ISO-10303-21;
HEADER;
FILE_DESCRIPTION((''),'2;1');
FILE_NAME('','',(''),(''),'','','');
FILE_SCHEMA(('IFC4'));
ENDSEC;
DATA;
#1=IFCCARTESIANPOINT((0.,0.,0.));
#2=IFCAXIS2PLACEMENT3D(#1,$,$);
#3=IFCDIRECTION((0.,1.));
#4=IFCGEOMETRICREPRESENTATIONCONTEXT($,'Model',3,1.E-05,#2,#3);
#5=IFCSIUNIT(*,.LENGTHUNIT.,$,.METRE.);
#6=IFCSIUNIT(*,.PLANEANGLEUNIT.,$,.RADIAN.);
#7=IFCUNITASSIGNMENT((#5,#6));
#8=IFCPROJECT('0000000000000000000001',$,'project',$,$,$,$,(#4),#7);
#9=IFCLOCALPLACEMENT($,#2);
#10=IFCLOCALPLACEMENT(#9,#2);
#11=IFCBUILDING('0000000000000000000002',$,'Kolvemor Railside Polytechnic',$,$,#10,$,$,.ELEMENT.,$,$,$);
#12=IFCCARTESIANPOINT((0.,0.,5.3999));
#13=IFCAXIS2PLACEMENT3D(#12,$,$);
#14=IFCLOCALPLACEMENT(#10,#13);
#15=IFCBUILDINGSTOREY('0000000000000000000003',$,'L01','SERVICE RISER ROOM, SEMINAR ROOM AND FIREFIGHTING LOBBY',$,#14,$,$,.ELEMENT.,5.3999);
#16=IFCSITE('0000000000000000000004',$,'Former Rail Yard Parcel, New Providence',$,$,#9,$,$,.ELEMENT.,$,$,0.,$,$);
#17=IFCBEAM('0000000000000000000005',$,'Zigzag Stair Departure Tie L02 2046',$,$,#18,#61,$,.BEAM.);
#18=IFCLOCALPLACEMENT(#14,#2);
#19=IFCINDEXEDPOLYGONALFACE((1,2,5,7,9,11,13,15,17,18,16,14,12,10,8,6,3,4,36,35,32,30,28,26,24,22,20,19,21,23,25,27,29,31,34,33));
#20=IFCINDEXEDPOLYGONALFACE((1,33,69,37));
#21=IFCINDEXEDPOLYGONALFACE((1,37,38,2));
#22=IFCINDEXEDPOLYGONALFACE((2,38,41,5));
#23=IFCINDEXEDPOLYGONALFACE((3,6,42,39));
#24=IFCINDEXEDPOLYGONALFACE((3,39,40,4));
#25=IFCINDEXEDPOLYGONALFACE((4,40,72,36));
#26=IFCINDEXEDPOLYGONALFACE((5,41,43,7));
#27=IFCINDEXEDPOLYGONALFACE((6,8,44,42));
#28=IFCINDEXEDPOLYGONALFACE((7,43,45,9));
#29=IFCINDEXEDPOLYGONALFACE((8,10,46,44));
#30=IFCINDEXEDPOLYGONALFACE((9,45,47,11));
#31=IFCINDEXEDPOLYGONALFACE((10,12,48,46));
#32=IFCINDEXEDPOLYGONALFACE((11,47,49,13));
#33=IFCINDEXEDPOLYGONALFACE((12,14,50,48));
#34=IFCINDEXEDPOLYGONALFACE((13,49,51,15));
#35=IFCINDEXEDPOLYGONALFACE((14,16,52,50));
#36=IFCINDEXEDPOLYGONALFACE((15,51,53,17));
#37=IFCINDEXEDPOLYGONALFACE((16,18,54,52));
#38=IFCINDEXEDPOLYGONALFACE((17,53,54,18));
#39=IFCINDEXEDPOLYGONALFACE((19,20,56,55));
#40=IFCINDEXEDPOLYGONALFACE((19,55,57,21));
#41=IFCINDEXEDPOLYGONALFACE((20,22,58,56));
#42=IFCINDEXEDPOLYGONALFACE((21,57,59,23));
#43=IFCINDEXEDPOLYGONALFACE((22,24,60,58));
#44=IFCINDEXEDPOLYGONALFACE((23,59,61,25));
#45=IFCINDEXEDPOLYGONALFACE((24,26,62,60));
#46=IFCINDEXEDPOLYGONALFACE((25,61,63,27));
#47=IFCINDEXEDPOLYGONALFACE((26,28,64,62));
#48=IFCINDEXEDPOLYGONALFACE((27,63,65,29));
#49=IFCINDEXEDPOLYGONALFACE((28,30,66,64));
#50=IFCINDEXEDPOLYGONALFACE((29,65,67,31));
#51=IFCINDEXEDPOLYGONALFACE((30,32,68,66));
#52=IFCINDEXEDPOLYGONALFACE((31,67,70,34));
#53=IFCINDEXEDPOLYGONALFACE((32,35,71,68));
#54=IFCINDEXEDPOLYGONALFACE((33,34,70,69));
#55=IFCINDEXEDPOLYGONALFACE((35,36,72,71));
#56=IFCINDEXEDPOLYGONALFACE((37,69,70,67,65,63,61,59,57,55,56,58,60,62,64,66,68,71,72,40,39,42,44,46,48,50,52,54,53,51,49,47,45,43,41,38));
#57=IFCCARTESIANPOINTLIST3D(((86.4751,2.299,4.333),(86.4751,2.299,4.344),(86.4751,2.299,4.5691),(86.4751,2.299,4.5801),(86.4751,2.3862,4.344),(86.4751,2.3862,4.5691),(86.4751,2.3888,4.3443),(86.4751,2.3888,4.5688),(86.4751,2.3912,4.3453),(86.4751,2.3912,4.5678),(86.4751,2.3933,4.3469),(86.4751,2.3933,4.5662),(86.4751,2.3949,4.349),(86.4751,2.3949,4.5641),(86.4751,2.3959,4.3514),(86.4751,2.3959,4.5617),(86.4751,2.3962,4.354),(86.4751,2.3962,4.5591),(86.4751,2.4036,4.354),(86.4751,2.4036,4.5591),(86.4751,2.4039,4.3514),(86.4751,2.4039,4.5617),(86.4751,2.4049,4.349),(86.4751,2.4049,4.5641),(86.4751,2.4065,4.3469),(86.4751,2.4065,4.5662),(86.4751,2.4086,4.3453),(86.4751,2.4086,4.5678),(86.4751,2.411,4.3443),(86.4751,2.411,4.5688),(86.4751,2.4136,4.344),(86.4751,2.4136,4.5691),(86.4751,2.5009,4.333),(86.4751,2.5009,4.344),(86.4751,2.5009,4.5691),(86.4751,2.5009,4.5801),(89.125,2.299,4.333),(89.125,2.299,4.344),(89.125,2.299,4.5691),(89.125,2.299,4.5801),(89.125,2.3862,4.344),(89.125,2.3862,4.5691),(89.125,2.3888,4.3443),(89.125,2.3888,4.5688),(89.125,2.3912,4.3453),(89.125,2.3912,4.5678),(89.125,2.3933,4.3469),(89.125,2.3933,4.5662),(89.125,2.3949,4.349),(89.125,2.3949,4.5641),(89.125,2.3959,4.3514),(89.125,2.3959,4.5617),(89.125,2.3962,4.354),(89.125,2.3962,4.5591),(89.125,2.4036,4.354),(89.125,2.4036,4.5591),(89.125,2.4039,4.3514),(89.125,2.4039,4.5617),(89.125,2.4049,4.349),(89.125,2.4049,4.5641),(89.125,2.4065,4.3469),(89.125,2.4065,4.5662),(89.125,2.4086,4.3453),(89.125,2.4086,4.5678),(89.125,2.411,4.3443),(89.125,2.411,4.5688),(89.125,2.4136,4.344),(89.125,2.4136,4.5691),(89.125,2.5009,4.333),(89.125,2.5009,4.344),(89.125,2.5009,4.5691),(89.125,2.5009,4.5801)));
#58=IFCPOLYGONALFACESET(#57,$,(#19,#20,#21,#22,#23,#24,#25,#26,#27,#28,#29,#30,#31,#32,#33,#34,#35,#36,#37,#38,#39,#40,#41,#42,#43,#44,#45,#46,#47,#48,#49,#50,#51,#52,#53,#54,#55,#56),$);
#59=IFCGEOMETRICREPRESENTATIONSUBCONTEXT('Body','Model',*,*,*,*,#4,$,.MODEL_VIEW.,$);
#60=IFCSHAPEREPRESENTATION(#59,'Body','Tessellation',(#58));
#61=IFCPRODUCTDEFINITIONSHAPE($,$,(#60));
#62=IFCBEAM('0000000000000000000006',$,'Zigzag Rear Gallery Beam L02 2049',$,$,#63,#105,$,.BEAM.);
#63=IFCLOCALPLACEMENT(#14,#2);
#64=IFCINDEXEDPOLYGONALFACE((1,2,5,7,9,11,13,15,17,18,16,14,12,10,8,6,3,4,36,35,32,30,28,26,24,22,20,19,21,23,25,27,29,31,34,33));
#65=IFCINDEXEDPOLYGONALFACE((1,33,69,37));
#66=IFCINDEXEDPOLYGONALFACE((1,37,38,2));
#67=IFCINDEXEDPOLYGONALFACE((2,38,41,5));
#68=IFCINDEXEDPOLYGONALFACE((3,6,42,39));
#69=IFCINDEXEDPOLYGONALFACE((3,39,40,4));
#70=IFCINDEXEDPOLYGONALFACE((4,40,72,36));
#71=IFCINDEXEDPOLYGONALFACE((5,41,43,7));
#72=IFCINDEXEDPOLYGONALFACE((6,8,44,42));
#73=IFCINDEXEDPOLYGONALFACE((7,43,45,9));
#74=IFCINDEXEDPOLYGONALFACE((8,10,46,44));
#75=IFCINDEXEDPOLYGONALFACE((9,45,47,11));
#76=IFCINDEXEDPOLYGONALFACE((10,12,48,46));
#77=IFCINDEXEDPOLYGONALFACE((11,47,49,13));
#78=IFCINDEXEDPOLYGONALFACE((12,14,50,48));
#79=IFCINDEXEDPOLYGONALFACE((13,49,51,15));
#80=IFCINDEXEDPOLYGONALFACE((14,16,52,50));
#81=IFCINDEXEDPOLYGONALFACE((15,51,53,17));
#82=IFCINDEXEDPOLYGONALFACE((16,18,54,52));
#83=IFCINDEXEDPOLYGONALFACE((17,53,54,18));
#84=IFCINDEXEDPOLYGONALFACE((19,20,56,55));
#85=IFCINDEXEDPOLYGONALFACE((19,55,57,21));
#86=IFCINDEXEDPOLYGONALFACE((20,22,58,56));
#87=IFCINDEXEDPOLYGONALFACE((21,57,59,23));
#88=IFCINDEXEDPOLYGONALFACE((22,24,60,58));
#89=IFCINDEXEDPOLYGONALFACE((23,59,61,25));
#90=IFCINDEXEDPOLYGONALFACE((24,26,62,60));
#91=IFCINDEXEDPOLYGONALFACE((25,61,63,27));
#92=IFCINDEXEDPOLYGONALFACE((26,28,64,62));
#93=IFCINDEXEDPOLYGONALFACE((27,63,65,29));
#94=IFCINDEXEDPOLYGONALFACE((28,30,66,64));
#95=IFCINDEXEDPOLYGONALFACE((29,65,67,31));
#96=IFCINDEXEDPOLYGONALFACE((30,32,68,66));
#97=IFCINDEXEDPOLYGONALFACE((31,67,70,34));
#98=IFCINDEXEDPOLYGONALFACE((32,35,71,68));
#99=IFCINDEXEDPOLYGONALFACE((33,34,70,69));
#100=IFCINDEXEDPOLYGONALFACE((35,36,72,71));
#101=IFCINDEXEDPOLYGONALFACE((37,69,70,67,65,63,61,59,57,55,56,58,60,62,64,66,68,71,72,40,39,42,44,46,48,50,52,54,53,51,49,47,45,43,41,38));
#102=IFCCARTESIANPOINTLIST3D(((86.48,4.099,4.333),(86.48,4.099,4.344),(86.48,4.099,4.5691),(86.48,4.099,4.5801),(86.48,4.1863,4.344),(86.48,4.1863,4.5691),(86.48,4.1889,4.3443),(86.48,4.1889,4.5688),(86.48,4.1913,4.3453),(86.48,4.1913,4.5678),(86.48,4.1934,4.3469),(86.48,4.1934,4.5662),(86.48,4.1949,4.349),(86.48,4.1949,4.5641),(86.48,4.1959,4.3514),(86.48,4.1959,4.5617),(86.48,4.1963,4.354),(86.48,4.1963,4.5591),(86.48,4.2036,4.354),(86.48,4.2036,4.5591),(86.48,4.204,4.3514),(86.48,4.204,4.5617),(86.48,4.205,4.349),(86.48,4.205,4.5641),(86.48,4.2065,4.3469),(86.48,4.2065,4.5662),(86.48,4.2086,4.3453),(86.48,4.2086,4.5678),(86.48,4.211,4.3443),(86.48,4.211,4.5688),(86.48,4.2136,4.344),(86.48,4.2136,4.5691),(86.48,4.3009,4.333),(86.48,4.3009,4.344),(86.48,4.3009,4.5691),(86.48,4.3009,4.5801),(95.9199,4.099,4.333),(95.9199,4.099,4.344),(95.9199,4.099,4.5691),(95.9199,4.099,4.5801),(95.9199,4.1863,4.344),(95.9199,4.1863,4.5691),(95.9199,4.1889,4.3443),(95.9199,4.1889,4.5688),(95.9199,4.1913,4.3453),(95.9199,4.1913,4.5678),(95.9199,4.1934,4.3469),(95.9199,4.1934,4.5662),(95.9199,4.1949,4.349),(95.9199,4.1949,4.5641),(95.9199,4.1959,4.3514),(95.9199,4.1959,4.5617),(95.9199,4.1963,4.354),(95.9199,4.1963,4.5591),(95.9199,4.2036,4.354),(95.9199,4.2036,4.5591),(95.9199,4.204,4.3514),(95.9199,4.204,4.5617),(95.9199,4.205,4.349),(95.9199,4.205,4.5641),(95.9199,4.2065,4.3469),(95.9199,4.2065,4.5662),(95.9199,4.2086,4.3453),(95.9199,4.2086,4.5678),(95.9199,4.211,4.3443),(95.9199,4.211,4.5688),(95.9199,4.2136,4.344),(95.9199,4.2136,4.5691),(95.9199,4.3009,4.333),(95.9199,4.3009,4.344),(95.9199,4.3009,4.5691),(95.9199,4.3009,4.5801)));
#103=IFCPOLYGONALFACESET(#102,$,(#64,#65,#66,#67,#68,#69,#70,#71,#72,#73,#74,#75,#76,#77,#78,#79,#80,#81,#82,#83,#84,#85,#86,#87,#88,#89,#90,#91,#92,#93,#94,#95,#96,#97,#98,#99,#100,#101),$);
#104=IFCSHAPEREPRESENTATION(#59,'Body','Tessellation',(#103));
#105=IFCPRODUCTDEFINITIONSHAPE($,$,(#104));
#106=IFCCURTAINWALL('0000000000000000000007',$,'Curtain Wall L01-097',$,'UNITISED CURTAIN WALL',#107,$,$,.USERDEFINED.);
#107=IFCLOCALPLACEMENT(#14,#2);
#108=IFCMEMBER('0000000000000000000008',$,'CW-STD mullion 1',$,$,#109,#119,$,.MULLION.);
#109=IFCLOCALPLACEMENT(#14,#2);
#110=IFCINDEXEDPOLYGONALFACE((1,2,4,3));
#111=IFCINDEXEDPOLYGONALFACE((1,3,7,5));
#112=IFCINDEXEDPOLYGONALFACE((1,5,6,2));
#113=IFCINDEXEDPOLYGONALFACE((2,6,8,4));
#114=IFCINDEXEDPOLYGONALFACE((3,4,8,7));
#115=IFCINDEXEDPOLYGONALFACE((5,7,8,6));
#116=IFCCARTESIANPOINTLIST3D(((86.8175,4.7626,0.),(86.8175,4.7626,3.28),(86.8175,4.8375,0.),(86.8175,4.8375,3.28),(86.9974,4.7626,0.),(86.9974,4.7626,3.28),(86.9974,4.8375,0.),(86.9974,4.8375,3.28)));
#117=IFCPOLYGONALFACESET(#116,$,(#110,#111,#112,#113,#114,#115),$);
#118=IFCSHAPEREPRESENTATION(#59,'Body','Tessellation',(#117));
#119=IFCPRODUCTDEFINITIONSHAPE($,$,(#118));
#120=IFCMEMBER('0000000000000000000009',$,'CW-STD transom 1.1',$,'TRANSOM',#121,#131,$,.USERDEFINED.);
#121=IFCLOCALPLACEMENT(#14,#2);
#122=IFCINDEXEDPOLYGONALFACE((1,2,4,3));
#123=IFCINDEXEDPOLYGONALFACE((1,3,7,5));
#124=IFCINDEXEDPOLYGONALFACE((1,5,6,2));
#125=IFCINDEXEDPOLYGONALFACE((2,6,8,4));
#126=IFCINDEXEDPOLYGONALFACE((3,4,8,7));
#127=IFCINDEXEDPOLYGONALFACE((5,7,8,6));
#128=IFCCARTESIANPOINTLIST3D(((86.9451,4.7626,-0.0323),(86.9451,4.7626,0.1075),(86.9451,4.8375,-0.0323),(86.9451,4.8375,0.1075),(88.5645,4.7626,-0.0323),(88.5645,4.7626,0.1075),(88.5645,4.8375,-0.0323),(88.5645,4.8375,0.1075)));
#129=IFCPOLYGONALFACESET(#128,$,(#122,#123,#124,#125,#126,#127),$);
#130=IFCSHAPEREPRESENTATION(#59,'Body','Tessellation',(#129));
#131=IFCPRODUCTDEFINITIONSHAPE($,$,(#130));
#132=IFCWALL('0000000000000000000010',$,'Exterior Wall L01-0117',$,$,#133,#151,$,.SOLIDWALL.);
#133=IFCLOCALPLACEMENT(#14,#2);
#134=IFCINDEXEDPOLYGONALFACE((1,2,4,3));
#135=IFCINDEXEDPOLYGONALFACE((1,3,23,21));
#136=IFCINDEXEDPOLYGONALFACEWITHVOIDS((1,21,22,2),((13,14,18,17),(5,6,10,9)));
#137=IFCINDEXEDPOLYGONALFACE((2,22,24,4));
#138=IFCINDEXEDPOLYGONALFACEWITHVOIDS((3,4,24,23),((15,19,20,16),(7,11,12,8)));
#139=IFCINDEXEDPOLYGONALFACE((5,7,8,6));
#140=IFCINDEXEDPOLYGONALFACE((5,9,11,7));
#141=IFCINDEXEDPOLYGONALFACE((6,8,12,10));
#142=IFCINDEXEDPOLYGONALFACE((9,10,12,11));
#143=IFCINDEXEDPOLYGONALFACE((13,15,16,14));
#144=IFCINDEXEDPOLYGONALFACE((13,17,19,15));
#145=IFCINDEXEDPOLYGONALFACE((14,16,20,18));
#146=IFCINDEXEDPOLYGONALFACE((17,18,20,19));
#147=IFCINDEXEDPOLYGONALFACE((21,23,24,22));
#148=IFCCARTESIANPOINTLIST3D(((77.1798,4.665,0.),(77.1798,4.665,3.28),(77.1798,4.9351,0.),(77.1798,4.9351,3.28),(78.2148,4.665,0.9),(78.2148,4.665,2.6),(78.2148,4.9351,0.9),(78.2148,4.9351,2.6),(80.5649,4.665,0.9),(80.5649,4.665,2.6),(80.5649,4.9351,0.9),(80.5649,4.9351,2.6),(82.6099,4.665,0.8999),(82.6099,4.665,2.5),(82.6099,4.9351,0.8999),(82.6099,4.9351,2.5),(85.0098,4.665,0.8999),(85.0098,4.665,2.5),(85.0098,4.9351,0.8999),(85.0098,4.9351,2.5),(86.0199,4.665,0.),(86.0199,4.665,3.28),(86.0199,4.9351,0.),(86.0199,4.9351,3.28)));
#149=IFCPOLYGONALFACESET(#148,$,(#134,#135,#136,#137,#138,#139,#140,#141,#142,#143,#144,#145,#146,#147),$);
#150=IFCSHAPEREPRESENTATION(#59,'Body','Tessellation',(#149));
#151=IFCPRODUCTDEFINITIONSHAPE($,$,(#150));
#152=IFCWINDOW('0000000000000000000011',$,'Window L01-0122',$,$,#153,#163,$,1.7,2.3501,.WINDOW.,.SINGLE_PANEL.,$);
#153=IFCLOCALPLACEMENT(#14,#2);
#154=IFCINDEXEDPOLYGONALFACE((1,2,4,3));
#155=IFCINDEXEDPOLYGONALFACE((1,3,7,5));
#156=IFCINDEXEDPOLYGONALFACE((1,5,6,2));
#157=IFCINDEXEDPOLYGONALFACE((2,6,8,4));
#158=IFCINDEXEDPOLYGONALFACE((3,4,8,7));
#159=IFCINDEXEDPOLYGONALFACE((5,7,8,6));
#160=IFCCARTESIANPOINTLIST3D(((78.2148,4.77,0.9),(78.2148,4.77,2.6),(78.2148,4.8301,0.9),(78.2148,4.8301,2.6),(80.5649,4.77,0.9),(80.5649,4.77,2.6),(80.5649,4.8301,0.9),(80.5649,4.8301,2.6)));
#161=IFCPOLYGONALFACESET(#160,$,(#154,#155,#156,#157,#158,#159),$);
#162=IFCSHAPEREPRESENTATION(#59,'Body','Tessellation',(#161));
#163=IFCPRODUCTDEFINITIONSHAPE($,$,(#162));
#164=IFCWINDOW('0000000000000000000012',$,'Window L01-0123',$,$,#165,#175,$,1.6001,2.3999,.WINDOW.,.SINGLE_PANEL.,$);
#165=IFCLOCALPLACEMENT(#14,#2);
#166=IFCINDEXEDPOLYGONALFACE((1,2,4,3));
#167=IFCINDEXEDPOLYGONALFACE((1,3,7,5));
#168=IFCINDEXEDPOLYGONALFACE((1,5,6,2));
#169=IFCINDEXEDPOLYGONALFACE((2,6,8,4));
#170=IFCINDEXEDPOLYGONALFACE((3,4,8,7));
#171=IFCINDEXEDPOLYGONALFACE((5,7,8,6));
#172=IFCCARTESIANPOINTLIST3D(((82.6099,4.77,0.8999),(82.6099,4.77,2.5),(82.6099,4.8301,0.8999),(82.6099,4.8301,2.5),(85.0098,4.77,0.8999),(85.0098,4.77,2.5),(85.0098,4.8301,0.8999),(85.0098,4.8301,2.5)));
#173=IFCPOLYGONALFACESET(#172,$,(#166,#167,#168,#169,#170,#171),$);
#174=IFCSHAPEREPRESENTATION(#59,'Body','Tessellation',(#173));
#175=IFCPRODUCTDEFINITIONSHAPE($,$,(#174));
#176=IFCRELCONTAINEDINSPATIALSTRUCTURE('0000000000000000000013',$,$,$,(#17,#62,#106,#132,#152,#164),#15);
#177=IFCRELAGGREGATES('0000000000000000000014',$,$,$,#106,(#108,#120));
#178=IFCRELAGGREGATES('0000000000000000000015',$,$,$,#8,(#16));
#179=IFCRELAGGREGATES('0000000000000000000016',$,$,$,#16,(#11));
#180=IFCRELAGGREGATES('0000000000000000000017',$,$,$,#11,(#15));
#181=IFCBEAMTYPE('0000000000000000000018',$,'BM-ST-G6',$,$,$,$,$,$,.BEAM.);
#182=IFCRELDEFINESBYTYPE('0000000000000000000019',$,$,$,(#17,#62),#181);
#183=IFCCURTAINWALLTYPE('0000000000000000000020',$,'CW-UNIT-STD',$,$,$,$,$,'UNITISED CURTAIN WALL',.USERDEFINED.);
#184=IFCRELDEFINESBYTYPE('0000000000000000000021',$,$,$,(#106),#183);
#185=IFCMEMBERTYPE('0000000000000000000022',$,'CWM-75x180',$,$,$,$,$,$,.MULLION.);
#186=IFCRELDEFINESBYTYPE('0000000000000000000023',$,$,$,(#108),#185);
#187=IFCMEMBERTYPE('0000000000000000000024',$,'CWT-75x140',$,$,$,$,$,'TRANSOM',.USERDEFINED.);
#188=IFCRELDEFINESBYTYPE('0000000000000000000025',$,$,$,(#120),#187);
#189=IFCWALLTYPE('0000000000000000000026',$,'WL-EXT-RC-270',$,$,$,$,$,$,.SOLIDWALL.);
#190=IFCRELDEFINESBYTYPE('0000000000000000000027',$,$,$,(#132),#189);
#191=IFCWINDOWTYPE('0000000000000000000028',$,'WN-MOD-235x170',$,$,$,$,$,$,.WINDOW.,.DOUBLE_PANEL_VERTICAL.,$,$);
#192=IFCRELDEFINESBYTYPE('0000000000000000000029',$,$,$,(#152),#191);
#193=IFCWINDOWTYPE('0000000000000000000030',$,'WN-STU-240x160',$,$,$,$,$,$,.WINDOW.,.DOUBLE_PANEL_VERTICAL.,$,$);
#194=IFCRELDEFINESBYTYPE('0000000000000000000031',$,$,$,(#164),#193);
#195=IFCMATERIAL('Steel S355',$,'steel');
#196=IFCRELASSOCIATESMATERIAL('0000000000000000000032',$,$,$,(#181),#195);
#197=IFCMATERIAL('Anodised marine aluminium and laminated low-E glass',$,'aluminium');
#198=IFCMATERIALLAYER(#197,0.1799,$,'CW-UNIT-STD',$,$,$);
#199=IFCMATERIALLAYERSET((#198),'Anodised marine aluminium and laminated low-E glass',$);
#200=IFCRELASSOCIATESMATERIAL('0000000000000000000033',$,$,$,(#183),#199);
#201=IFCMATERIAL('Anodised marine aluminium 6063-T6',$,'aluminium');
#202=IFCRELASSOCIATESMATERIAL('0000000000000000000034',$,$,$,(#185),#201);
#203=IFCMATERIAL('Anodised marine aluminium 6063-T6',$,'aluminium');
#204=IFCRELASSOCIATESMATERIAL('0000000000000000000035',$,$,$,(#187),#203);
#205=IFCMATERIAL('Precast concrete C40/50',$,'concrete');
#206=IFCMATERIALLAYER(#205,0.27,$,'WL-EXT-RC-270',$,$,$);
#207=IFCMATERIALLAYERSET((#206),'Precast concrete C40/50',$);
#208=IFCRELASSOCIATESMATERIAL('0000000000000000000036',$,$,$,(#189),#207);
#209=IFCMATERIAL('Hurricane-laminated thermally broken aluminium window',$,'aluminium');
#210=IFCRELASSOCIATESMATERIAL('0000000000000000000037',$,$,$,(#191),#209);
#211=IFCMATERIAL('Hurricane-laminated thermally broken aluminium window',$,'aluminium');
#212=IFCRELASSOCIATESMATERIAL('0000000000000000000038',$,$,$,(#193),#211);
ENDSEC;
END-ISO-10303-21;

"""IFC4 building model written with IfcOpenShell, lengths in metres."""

from ifc_helpers import new_model, si_unit, direction, frame, frame_2d, origin, origin_2d, place, context, subcontext, project, spatial, rectangle, i_section, extrude, material, layer, layer_set, material_profile, profile_set, type_object, element, fill, aggregate, save


model = new_model("IFC4")

# Units and contexts
model_context = context("Model", 3, precision=1e-05, world=origin(), true_north=direction((0.0, 1.0)))
body_context = subcontext(model_context, "Body", "Model", "MODEL_VIEW")
ifc_project = project(units=[si_unit("LENGTHUNIT", "METRE"), si_unit("PLANEANGLEUNIT", "RADIAN")], contexts=[model_context])

# Site, building, storey
site_placement = place(None, origin())
site = spatial("IfcSite", under=ifc_project, at=site_placement, Name="Former Rail Yard Parcel, New Providence", CompositionType="ELEMENT", RefElevation=0.0)
building_placement = place(site_placement, origin())
building = spatial("IfcBuilding", under=site, at=building_placement, Name="Kolvemor Railside Polytechnic", CompositionType="ELEMENT")
storey_placement = place(building_placement, frame((0.0, 0.0, 5.3999)))
storey = spatial("IfcBuildingStorey", under=building, at=storey_placement, Name="L01", Description="SERVICE RISER ROOM, SEMINAR ROOM AND FIREFIGHTING LOBBY", CompositionType="ELEMENT", Elevation=5.3999)

# Beams
ifc_material_1 = material(Name="Steel S355", Category="steel")
ifc_material_profile_1 = material_profile(ifc_material_1, i_section(OverallWidth=0.2019, OverallDepth=0.2471, WebThickness=0.0073, FlangeThickness=0.011, FilletRadius=0.01, at=origin_2d()), Name="W250x49")
ifc_profile_set_1 = profile_set([ifc_material_profile_1], Name="Steel S355")
beam_type_1 = type_object("IfcBeamType", Name="BM-ST-G6", PredefinedType="BEAM", material=ifc_profile_set_1)
for number, where, z_axis, x_axis, name in (
    (1, (86.4751, 2.3999, 4.4565), (1.0, 0.0, 0.0), (0.0, 1.0, 0.0), "Zigzag Stair Departure Tie L02 2046"),
):
    element("IfcBeam", number, at=place(storey_placement, frame(where, z_axis=z_axis, x_axis=x_axis)), inside=storey, type_object=beam_type_1, Name=name, PredefinedType="BEAM", context=body_context, shape_type="SweptSolid", body=[
        extrude(i_section(OverallWidth=0.2019, OverallDepth=0.2471, WebThickness=0.0073, FlangeThickness=0.011, FilletRadius=0.01, at=origin_2d()), origin(), (0.0, 0.0, 1.0), 2.6499),
    ])
beam_1_placement = place(storey_placement, frame((86.48, 4.2, 4.4565), z_axis=(1.0, 0.0, 0.0), x_axis=(0.0, 1.0, 0.0)))
element("IfcBeam", 2, at=beam_1_placement, inside=storey, type_object=beam_type_1, Name="Zigzag Rear Gallery Beam L02 2049", PredefinedType="BEAM", context=body_context, shape_type="SweptSolid", body=[
    extrude(i_section(OverallWidth=0.2019, OverallDepth=0.2471, WebThickness=0.0073, FlangeThickness=0.011, FilletRadius=0.01, at=origin_2d()), origin(), (0.0, 0.0, 1.0), 9.4399),
])

# Curtain wall, members
ifc_material_2 = material(Name="Anodised marine aluminium and laminated low-E glass", Category="aluminium")
ifc_layer_1 = layer(ifc_material_2, 0.1799, Name="CW-UNIT-STD")
ifc_layer_set_1 = layer_set([ifc_layer_1], Name="Anodised marine aluminium and laminated low-E glass")
curtain_wall_type = type_object("IfcCurtainWallType", Name="CW-UNIT-STD", ElementType="UNITISED CURTAIN WALL", PredefinedType="USERDEFINED", material=ifc_layer_set_1)
curtain_wall_placement = place(storey_placement, origin())
curtain_wall = element("IfcCurtainWall", 3, at=curtain_wall_placement, inside=storey, type_object=curtain_wall_type, Name="Curtain Wall L01-097", ObjectType="UNITISED CURTAIN WALL", PredefinedType="USERDEFINED")
ifc_material_3 = material(Name="Anodised marine aluminium 6063-T6", Category="aluminium")
ifc_material_profile_2 = material_profile(ifc_material_3, rectangle(XDim=0.075, YDim=0.1799, at=origin_2d()), Name="CW-MUL-75x180")
ifc_profile_set_2 = profile_set([ifc_material_profile_2], Name="Anodised marine aluminium 6063-T6")
member_type_1 = type_object("IfcMemberType", Name="CWM-75x180", PredefinedType="MULLION", material=ifc_profile_set_2)
member_1_placement = place(storey_placement, frame((86.9075, 4.8, 0.0), z_axis=(0.0, 0.0, 1.0), x_axis=(0.0, 1.0, 0.0)))
member_1 = element("IfcMember", 4, at=member_1_placement, type_object=member_type_1, Name="CW-STD mullion 1", PredefinedType="MULLION", context=body_context, shape_type="SweptSolid", body=[
    extrude(rectangle(XDim=0.075, YDim=0.1799, at=origin_2d()), origin(), (0.0, 0.0, 1.0), 3.28),
])
ifc_material_4 = material(Name="Anodised marine aluminium 6063-T6", Category="aluminium")
ifc_material_profile_3 = material_profile(ifc_material_4, rectangle(XDim=0.075, YDim=0.1399, at=origin_2d()), Name="CW-TRN-75x140")
ifc_profile_set_3 = profile_set([ifc_material_profile_3], Name="Anodised marine aluminium 6063-T6")
member_type_2 = type_object("IfcMemberType", Name="CWT-75x140", ElementType="TRANSOM", PredefinedType="USERDEFINED", material=ifc_profile_set_3)
member_2_placement = place(storey_placement, frame((86.9451, 4.8, 0.0376), z_axis=(1.0, 0.0, 0.0), x_axis=(0.0, 1.0, 0.0)))
member_2 = element("IfcMember", 5, at=member_2_placement, type_object=member_type_2, Name="CW-STD transom 1.1", ObjectType="TRANSOM", PredefinedType="USERDEFINED", context=body_context, shape_type="SweptSolid", body=[
    extrude(rectangle(XDim=0.075, YDim=0.1399, at=origin_2d()), origin(), (0.0, 0.0, 1.0), 1.6194),
])
aggregate(curtain_wall, [member_1, member_2])

# Wall, openings, windows
ifc_material_5 = material(Name="Precast concrete C40/50", Category="concrete")
ifc_layer_2 = layer(ifc_material_5, 0.27, Name="WL-EXT-RC-270")
ifc_layer_set_2 = layer_set([ifc_layer_2], Name="Precast concrete C40/50")
wall_type = type_object("IfcWallType", Name="WL-EXT-RC-270", PredefinedType="SOLIDWALL", material=ifc_layer_set_2)
wall_placement = place(storey_placement, frame((77.1799, 4.8, 0.0), z_axis=(0.0, 0.0, 1.0), x_axis=(1.0, 0.0, 0.0)))
wall = element("IfcWall", 6, at=wall_placement, inside=storey, type_object=wall_type, Name="Exterior Wall L01-0117", PredefinedType="SOLIDWALL", context=body_context, shape_type="SweptSolid", body=[
    extrude(rectangle(XDim=8.8401, YDim=0.27, at=frame_2d((4.4199, 0.0))), origin(), (0.0, 0.0, 1.0), 3.28),
])
opening_1_placement = place(wall_placement, frame((1.0349, 0.0, 0.8999)))
opening_1 = element("IfcOpeningElement", 7, at=opening_1_placement, cuts=wall, PredefinedType="OPENING", context=body_context, shape_type="SweptSolid", body=[
    extrude(rectangle(XDim=2.3501, YDim=1.7, at=frame_2d((1.175, 0.8501))), frame((0.0, 0.145, 0.0), z_axis=(0.0, -1.0, 0.0), x_axis=(1.0, 0.0, 0.0)), (0.0, 0.0, 1.0), 0.29),
])
opening_2_placement = place(wall_placement, frame((5.4299, 0.0, 0.8999)))
opening_2 = element("IfcOpeningElement", 8, at=opening_2_placement, cuts=wall, PredefinedType="OPENING", context=body_context, shape_type="SweptSolid", body=[
    extrude(rectangle(XDim=2.3999, YDim=1.6001, at=frame_2d((1.2, 0.8))), frame((0.0, 0.145, 0.0), z_axis=(0.0, -1.0, 0.0), x_axis=(1.0, 0.0, 0.0)), (0.0, 0.0, 1.0), 0.29),
])
ifc_material_6 = material(Name="Hurricane-laminated thermally broken aluminium window", Category="aluminium")
window_type_1 = type_object("IfcWindowType", Name="WN-MOD-235x170", PartitioningType="DOUBLE_PANEL_VERTICAL", PredefinedType="WINDOW", material=ifc_material_6)
window_1_placement = place(opening_1_placement, origin())
window_1 = element("IfcWindow", 9, at=window_1_placement, inside=storey, type_object=window_type_1, Name="Window L01-0122", OverallHeight=1.7, OverallWidth=2.3501, PartitioningType="SINGLE_PANEL", PredefinedType="WINDOW", context=body_context, shape_type="SweptSolid", body=[
    extrude(rectangle(XDim=2.3501, YDim=1.7, at=frame_2d((1.175, 0.8501))), frame((0.0, 0.03, 0.0), z_axis=(0.0, -1.0, 0.0), x_axis=(1.0, 0.0, 0.0)), (0.0, 0.0, 1.0), 0.0601),
])
fill(opening_1, window_1)
ifc_material_7 = material(Name="Hurricane-laminated thermally broken aluminium window", Category="aluminium")
window_type_2 = type_object("IfcWindowType", Name="WN-STU-240x160", PartitioningType="DOUBLE_PANEL_VERTICAL", PredefinedType="WINDOW", material=ifc_material_7)
window_2_placement = place(opening_2_placement, origin())
window_2 = element("IfcWindow", 10, at=window_2_placement, inside=storey, type_object=window_type_2, Name="Window L01-0123", OverallHeight=1.6001, OverallWidth=2.3999, PartitioningType="SINGLE_PANEL", PredefinedType="WINDOW", context=body_context, shape_type="SweptSolid", body=[
    extrude(rectangle(XDim=2.3999, YDim=1.6001, at=frame_2d((1.2, 0.8))), frame((0.0, 0.03, 0.0), z_axis=(0.0, -1.0, 0.0), x_axis=(1.0, 0.0, 0.0)), (0.0, 0.0, 1.0), 0.0601),
])
fill(opening_2, window_2)

save(model, "model.ifc")
